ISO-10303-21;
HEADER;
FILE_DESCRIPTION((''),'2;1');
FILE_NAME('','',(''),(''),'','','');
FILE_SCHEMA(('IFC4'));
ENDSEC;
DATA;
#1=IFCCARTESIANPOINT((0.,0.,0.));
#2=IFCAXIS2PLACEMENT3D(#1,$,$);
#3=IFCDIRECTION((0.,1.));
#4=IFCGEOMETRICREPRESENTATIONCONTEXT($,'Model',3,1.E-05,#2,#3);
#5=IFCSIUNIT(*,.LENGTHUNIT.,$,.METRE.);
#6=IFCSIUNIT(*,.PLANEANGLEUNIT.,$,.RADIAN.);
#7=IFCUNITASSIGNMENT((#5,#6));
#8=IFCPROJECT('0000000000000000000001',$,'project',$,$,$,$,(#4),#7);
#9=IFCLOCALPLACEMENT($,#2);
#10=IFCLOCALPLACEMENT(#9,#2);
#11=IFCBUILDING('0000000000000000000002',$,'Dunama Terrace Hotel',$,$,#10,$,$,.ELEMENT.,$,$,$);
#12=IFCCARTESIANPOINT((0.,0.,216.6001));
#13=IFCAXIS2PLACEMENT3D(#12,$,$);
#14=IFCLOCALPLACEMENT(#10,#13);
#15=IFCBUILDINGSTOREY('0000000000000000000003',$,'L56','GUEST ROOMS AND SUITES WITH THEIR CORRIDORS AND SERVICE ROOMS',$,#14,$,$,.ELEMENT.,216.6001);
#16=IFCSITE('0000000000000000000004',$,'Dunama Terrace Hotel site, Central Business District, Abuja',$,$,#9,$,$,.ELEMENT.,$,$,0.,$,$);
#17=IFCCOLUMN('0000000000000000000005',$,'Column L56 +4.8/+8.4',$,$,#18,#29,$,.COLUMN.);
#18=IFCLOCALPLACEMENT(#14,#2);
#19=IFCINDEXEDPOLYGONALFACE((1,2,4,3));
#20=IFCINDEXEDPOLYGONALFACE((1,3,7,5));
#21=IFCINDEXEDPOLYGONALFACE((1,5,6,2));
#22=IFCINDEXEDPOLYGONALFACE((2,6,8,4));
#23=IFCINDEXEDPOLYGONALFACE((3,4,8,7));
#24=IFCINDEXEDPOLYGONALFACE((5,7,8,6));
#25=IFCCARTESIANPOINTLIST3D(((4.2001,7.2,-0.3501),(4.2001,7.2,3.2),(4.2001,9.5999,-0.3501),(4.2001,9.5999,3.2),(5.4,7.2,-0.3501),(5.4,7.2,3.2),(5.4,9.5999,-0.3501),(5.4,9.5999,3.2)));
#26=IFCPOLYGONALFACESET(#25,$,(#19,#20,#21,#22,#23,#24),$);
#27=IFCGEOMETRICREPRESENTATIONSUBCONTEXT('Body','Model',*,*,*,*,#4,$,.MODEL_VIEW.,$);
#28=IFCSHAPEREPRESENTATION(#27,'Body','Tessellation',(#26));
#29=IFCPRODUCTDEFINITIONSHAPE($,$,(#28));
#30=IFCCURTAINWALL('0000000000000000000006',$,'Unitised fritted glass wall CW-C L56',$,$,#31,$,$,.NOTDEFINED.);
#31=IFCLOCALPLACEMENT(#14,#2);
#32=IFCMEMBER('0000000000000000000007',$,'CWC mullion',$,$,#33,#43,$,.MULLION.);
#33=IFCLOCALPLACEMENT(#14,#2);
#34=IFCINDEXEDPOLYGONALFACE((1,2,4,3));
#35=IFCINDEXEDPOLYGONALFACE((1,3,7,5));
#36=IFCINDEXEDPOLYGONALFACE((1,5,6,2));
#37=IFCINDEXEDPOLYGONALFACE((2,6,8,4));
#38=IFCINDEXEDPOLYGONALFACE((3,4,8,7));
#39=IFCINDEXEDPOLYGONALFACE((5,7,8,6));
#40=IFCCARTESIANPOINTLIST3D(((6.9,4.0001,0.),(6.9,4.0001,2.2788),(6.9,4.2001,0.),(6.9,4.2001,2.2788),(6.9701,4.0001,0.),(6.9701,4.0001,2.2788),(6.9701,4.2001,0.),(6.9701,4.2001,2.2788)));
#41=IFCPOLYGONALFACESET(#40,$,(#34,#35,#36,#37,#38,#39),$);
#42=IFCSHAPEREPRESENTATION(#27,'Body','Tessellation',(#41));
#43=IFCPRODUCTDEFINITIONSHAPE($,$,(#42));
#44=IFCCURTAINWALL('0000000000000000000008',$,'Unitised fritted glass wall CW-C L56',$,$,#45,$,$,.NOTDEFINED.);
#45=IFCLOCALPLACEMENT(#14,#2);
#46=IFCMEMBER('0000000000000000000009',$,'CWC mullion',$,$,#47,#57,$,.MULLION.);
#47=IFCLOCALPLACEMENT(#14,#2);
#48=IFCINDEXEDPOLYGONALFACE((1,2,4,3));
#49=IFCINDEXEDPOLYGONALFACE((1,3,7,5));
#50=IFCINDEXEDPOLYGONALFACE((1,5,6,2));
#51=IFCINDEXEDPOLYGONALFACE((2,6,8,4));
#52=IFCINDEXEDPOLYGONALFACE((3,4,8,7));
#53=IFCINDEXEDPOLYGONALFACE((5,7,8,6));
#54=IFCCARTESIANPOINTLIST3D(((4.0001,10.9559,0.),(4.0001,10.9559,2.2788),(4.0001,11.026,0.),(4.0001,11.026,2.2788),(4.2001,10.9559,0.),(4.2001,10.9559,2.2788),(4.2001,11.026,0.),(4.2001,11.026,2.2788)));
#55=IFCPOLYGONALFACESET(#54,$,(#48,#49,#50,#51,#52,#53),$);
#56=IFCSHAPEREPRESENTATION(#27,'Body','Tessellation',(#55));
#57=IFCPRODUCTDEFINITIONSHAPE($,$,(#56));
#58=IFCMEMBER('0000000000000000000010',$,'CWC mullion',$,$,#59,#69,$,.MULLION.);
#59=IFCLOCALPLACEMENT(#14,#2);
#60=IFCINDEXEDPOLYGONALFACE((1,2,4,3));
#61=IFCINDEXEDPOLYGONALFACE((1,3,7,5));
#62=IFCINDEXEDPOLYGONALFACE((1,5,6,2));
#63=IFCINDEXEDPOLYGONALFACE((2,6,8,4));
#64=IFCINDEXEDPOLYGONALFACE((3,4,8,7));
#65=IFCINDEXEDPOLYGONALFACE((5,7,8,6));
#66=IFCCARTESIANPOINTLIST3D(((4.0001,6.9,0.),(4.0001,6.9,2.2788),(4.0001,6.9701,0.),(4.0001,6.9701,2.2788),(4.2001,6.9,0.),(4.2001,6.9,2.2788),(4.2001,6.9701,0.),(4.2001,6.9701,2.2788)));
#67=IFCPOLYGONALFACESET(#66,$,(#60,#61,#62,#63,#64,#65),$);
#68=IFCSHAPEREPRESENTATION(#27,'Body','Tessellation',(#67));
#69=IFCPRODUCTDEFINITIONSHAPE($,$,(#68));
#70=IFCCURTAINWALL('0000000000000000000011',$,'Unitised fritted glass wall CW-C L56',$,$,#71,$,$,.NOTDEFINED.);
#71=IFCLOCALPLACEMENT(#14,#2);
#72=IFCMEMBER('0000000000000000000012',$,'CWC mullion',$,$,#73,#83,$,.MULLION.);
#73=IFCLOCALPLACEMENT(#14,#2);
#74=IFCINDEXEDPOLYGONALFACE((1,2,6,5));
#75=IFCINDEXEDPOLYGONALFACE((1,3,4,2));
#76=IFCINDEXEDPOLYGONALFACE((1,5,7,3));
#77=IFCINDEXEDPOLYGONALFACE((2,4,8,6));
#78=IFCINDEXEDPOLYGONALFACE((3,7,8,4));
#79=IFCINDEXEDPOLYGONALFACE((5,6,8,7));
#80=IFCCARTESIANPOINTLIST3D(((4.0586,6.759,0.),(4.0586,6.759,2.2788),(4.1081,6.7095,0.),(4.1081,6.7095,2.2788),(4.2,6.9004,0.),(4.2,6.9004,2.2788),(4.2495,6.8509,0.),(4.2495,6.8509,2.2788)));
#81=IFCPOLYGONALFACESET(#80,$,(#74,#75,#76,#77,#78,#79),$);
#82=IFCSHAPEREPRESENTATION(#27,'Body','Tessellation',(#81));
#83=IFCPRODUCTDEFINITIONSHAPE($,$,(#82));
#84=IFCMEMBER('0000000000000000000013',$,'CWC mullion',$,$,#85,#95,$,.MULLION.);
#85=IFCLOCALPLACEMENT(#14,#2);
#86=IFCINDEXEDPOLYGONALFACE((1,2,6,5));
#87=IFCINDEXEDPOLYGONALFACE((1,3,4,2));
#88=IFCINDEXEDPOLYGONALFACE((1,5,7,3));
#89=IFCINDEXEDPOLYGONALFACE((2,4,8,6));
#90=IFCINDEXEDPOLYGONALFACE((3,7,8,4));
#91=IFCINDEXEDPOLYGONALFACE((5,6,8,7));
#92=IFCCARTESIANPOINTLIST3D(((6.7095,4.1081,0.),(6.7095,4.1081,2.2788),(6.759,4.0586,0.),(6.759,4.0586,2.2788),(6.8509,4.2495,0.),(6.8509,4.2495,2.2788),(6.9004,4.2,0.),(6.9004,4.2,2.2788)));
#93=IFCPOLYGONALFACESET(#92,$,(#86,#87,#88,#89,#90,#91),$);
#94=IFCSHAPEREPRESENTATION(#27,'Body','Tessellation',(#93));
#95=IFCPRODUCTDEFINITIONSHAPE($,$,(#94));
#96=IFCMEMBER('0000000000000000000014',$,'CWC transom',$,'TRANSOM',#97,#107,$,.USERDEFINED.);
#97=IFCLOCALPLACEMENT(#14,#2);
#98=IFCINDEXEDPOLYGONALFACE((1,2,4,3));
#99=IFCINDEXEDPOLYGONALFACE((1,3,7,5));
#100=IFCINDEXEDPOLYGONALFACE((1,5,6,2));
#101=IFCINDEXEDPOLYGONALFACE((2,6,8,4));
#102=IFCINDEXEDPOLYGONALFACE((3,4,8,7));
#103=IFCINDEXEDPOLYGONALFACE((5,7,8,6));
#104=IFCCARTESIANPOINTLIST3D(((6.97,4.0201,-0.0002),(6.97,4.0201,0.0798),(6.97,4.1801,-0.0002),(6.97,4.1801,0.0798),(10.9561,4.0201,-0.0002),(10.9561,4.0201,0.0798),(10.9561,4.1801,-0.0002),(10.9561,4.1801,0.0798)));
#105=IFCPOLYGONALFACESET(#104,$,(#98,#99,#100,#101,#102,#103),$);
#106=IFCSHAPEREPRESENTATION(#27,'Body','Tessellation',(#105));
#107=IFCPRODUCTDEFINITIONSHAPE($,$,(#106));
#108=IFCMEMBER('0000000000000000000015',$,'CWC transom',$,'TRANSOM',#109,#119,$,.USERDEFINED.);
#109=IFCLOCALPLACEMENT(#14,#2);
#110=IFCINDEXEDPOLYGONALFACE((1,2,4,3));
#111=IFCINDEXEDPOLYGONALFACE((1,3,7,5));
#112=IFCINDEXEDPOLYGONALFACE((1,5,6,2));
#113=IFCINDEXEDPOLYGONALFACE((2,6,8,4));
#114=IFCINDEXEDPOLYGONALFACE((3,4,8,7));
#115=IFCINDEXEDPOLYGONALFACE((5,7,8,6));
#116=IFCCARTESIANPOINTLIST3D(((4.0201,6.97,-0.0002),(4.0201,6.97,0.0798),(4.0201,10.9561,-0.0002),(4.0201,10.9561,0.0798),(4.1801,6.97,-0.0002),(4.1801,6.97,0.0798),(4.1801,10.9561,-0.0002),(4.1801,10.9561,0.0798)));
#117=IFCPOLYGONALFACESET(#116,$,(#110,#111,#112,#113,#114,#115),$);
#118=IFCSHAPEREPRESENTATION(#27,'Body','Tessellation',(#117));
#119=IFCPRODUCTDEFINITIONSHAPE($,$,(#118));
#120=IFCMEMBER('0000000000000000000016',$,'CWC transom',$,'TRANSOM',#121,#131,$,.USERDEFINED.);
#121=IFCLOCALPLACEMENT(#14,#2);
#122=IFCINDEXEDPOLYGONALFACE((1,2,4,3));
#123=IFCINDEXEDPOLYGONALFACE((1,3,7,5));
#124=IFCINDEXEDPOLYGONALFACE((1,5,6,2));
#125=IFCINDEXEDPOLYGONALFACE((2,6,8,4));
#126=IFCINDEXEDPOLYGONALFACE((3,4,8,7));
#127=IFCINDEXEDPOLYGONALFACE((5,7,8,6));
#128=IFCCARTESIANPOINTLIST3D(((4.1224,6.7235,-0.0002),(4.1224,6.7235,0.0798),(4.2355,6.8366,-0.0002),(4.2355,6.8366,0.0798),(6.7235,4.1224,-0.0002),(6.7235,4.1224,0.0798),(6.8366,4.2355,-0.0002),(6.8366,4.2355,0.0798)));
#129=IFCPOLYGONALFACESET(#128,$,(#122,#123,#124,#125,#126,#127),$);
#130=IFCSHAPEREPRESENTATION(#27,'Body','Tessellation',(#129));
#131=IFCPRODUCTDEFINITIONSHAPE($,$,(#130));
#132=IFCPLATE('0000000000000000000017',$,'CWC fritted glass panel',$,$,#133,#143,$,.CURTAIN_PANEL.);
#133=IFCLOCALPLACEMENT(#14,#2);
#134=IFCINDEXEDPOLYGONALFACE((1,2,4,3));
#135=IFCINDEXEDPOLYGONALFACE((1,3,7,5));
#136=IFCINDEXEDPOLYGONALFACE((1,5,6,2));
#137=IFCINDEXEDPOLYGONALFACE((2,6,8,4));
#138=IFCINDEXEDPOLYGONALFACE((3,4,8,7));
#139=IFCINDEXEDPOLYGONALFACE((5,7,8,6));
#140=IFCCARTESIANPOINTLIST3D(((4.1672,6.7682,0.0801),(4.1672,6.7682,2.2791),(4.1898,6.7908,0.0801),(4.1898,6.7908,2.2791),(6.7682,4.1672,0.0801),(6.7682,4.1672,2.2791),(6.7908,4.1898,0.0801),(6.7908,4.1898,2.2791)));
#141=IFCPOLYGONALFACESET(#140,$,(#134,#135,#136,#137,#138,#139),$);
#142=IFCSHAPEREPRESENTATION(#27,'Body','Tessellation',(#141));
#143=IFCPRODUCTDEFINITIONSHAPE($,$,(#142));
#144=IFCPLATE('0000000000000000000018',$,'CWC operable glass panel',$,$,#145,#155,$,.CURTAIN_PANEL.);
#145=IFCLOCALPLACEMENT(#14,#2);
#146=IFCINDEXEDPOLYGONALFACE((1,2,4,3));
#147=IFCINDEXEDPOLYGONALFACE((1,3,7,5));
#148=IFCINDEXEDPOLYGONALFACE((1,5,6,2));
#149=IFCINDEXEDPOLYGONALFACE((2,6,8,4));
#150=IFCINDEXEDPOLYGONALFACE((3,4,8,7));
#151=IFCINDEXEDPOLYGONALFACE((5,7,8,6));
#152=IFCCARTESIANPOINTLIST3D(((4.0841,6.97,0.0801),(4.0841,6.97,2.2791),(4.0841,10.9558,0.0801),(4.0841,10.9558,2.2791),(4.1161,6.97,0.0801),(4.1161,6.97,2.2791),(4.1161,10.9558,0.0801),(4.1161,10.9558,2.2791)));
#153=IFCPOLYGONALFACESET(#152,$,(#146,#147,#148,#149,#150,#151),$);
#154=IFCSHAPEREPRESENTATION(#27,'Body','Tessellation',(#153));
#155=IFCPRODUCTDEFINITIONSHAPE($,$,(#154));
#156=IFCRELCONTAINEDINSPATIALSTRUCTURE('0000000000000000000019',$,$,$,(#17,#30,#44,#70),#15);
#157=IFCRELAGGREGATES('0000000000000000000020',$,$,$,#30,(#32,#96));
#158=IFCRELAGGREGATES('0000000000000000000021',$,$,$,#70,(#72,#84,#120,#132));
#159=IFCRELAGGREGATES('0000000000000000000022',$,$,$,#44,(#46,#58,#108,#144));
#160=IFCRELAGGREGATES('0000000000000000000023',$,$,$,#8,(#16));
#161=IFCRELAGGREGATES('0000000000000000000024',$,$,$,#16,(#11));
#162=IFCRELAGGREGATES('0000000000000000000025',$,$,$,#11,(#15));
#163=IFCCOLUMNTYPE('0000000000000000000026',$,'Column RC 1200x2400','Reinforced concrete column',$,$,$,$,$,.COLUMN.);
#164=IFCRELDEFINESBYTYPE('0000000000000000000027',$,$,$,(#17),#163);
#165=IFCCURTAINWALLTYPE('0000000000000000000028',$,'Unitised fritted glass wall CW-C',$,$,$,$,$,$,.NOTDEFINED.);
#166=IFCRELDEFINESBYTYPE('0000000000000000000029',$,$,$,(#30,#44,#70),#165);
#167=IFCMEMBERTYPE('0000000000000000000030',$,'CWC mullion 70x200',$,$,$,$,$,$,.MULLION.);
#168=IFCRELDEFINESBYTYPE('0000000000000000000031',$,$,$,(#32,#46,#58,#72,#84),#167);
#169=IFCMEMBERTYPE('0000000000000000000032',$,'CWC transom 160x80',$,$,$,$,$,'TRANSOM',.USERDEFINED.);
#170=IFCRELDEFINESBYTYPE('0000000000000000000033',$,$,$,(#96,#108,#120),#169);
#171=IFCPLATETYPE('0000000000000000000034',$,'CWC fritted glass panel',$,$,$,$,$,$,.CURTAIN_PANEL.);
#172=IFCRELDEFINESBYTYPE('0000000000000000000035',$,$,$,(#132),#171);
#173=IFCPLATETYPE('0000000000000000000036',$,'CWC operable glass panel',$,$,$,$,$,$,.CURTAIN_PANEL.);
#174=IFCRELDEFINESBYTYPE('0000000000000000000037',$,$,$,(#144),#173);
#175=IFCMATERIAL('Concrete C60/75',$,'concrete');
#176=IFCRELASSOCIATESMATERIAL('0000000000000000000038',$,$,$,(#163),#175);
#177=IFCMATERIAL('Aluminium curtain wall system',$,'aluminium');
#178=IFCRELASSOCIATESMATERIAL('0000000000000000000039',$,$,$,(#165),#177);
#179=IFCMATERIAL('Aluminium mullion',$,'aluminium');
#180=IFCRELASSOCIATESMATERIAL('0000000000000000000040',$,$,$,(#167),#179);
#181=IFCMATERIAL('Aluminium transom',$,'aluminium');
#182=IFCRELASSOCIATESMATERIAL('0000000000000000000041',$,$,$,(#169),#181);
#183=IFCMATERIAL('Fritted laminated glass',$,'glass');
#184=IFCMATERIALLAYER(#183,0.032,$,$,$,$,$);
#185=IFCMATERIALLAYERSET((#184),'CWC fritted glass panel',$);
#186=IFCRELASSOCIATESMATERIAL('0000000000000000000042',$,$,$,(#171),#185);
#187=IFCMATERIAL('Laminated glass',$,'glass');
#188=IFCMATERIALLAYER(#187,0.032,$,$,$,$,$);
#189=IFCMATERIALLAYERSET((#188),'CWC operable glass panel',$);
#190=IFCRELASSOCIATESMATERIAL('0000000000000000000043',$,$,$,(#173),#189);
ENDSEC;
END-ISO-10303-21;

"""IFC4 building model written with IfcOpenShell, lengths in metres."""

from ifc_helpers import new_model, si_unit, direction, frame, origin, origin_2d, place, context, subcontext, project, spatial, rectangle, extrude, material, layer, layer_set, material_profile, profile_set, type_object, element, aggregate, save


model = new_model("IFC4")

# Units and contexts
model_context = context("Model", 3, precision=1e-05, world=origin(), true_north=direction((0.0, 1.0)))
body_context = subcontext(model_context, "Body", "Model", "MODEL_VIEW")
ifc_project = project(units=[si_unit("LENGTHUNIT", "METRE"), si_unit("PLANEANGLEUNIT", "RADIAN")], contexts=[model_context])

# Site, building, storey
site_placement = place(None, origin())
site = spatial("IfcSite", under=ifc_project, at=site_placement, Name="Dunama Terrace Hotel site, Central Business District, Abuja", CompositionType="ELEMENT", RefElevation=0.0)
building_placement = place(site_placement, origin())
building = spatial("IfcBuilding", under=site, at=building_placement, Name="Dunama Terrace Hotel", CompositionType="ELEMENT")
storey_placement = place(building_placement, frame((0.0, 0.0, 216.6001)))
storey = spatial("IfcBuildingStorey", under=building, at=storey_placement, Name="L56", Description="GUEST ROOMS AND SUITES WITH THEIR CORRIDORS AND SERVICE ROOMS", CompositionType="ELEMENT", Elevation=216.6001)

# Column
ifc_material_1 = material(Name="Concrete C60/75", Category="concrete")
ifc_material_profile_1 = material_profile(ifc_material_1, rectangle(XDim=1.2, YDim=2.3999, at=origin_2d()), Name="RC 1200x2400")
ifc_profile_set_1 = profile_set([ifc_material_profile_1], Name="Concrete C60/75")
column_type = type_object("IfcColumnType", Name="Column RC 1200x2400", Description="Reinforced concrete column", PredefinedType="COLUMN", material=ifc_profile_set_1)
column_placement = place(storey_placement, frame((4.8, 8.3999, -0.3501), z_axis=(0.0, 0.0, 1.0), x_axis=(1.0, 0.0, 0.0)))
element("IfcColumn", 1, at=column_placement, inside=storey, type_object=column_type, Name="Column L56 +4.8/+8.4", PredefinedType="COLUMN", context=body_context, shape_type="SweptSolid", body=[
    extrude(rectangle(XDim=1.2, YDim=2.3999, at=origin_2d()), origin(), (0.0, 0.0, 1.0), 3.55),
])

# Curtain wall, member
ifc_material_2 = material(Name="Aluminium curtain wall system", Category="aluminium")
curtain_wall_type = type_object("IfcCurtainWallType", Name="Unitised fritted glass wall CW-C", PredefinedType="NOTDEFINED", material=ifc_material_2)
curtain_wall_1_placement = place(storey_placement, origin())
curtain_wall_1 = element("IfcCurtainWall", 2, at=curtain_wall_1_placement, inside=storey, type_object=curtain_wall_type, Name="Unitised fritted glass wall CW-C L56", PredefinedType="NOTDEFINED")
ifc_material_3 = material(Name="Aluminium mullion", Category="aluminium")
ifc_material_profile_2 = material_profile(ifc_material_3, rectangle(XDim=0.0701, YDim=0.2, at=origin_2d()), Name="CWC MULLION 70X200")
ifc_profile_set_2 = profile_set([ifc_material_profile_2], Name="Aluminium mullion")
member_type_1 = type_object("IfcMemberType", Name="CWC mullion 70x200", PredefinedType="MULLION", material=ifc_profile_set_2)
member_1_placement = place(storey_placement, frame((6.9351, 4.1001, 0.0), z_axis=(0.0, 0.0, 1.0), x_axis=(1.0, 0.0, 0.0)))
member_1 = element("IfcMember", 3, at=member_1_placement, type_object=member_type_1, Name="CWC mullion", PredefinedType="MULLION", context=body_context, shape_type="SweptSolid", body=[
    extrude(rectangle(XDim=0.0701, YDim=0.2, at=origin_2d()), origin(), (0.0, 0.0, 1.0), 2.2788),
])

# Curtain walls, members
curtain_wall_2_placement = place(storey_placement, origin())
curtain_wall_2 = element("IfcCurtainWall", 4, at=curtain_wall_2_placement, inside=storey, type_object=curtain_wall_type, Name="Unitised fritted glass wall CW-C L56", PredefinedType="NOTDEFINED")
member_2_placement = place(storey_placement, frame((4.1001, 10.991, 0.0), z_axis=(0.0, 0.0, 1.0), x_axis=(0.0, -1.0, 0.0)))
member_2 = element("IfcMember", 5, at=member_2_placement, type_object=member_type_1, Name="CWC mullion", PredefinedType="MULLION", context=body_context, shape_type="SweptSolid", body=[
    extrude(rectangle(XDim=0.0701, YDim=0.2, at=origin_2d()), origin(), (0.0, 0.0, 1.0), 2.2788),
])
member_3_placement = place(storey_placement, frame((4.1001, 6.9351, 0.0), z_axis=(0.0, 0.0, 1.0), x_axis=(0.0, -1.0, 0.0)))
member_3 = element("IfcMember", 6, at=member_3_placement, type_object=member_type_1, Name="CWC mullion", PredefinedType="MULLION", context=body_context, shape_type="SweptSolid", body=[
    extrude(rectangle(XDim=0.0701, YDim=0.2, at=origin_2d()), origin(), (0.0, 0.0, 1.0), 2.2788),
])
curtain_wall_3_placement = place(storey_placement, origin())
curtain_wall_3 = element("IfcCurtainWall", 7, at=curtain_wall_3_placement, inside=storey, type_object=curtain_wall_type, Name="Unitised fritted glass wall CW-C L56", PredefinedType="NOTDEFINED")
member_4_placement = place(storey_placement, frame((4.1541, 6.8049, 0.0), z_axis=(0.0, 0.0, 1.0), x_axis=(0.707107, -0.707107, 0.0)))
member_4 = element("IfcMember", 8, at=member_4_placement, type_object=member_type_1, Name="CWC mullion", PredefinedType="MULLION", context=body_context, shape_type="SweptSolid", body=[
    extrude(rectangle(XDim=0.0701, YDim=0.2, at=origin_2d()), origin(), (0.0, 0.0, 1.0), 2.2788),
])
member_5_placement = place(storey_placement, frame((6.8049, 4.1541, 0.0), z_axis=(0.0, 0.0, 1.0), x_axis=(0.707107, -0.707107, 0.0)))
member_5 = element("IfcMember", 9, at=member_5_placement, type_object=member_type_1, Name="CWC mullion", PredefinedType="MULLION", context=body_context, shape_type="SweptSolid", body=[
    extrude(rectangle(XDim=0.0701, YDim=0.2, at=origin_2d()), origin(), (0.0, 0.0, 1.0), 2.2788),
])

# Members
ifc_material_4 = material(Name="Aluminium transom", Category="aluminium")
ifc_material_profile_3 = material_profile(ifc_material_4, rectangle(XDim=0.1599, YDim=0.0801, at=origin_2d()), Name="CWC TRANSOM 160X80")
ifc_profile_set_3 = profile_set([ifc_material_profile_3], Name="Aluminium transom")
member_type_2 = type_object("IfcMemberType", Name="CWC transom 160x80", ElementType="TRANSOM", PredefinedType="USERDEFINED", material=ifc_profile_set_3)
member_6_placement = place(storey_placement, frame((6.97, 4.1001, 0.0398), z_axis=(1.0, 0.0, 0.0), x_axis=(0.0, 1.0, 0.0)))
member_6 = element("IfcMember", 10, at=member_6_placement, type_object=member_type_2, Name="CWC transom", ObjectType="TRANSOM", PredefinedType="USERDEFINED", context=body_context, shape_type="SweptSolid", body=[
    extrude(rectangle(XDim=0.1599, YDim=0.0801, at=origin_2d()), origin(), (0.0, 0.0, 1.0), 3.9861),
])
aggregate(curtain_wall_1, [member_1, member_6])
member_7_placement = place(storey_placement, frame((4.1001, 10.9561, 0.0398), z_axis=(0.0, -1.0, 0.0), x_axis=(1.0, 0.0, 0.0)))
member_7 = element("IfcMember", 11, at=member_7_placement, type_object=member_type_2, Name="CWC transom", ObjectType="TRANSOM", PredefinedType="USERDEFINED", context=body_context, shape_type="SweptSolid", body=[
    extrude(rectangle(XDim=0.1599, YDim=0.0801, at=origin_2d()), origin(), (0.0, 0.0, 1.0), 3.9861),
])
member_8_placement = place(storey_placement, frame((4.179, 6.78, 0.0398), z_axis=(0.707107, -0.707107, 0.0), x_axis=(0.707107, 0.707107, 0.0)))
member_8 = element("IfcMember", 12, at=member_8_placement, type_object=member_type_2, Name="CWC transom", ObjectType="TRANSOM", PredefinedType="USERDEFINED", context=body_context, shape_type="SweptSolid", body=[
    extrude(rectangle(XDim=0.1599, YDim=0.0801, at=origin_2d()), origin(), (0.0, 0.0, 1.0), 3.6785),
])

# Plates
ifc_material_5 = material(Name="Fritted laminated glass", Category="glass")
ifc_layer_1 = layer(ifc_material_5, 0.032)
ifc_layer_set_1 = layer_set([ifc_layer_1], Name="CWC fritted glass panel")
plate_type_1 = type_object("IfcPlateType", Name="CWC fritted glass panel", PredefinedType="CURTAIN_PANEL", material=ifc_layer_set_1)
plate_1_placement = place(storey_placement, frame((5.479, 5.479, 0.0801), z_axis=(0.0, 0.0, 1.0), x_axis=(0.707107, -0.707107, 0.0)))
plate_1 = element("IfcPlate", 13, at=plate_1_placement, type_object=plate_type_1, Name="CWC fritted glass panel", PredefinedType="CURTAIN_PANEL", context=body_context, shape_type="SweptSolid", body=[
    extrude(rectangle(XDim=3.6785, YDim=0.032, at=origin_2d()), origin(), (0.0, 0.0, 1.0), 2.199),
])
aggregate(curtain_wall_3, [member_4, member_5, member_8, plate_1])
ifc_material_6 = material(Name="Laminated glass", Category="glass")
ifc_layer_2 = layer(ifc_material_6, 0.032)
ifc_layer_set_2 = layer_set([ifc_layer_2], Name="CWC operable glass panel")
plate_type_2 = type_object("IfcPlateType", Name="CWC operable glass panel", PredefinedType="CURTAIN_PANEL", material=ifc_layer_set_2)
plate_2_placement = place(storey_placement, frame((4.1001, 8.9629, 0.0801), z_axis=(0.0, 0.0, 1.0), x_axis=(0.0, -1.0, 0.0)))
plate_2 = element("IfcPlate", 14, at=plate_2_placement, type_object=plate_type_2, Name="CWC operable glass panel", PredefinedType="CURTAIN_PANEL", context=body_context, shape_type="SweptSolid", body=[
    extrude(rectangle(XDim=3.9858, YDim=0.032, at=origin_2d()), origin(), (0.0, 0.0, 1.0), 2.199),
])
aggregate(curtain_wall_2, [member_2, member_3, member_7, plate_2])

save(model, "model.ifc")
